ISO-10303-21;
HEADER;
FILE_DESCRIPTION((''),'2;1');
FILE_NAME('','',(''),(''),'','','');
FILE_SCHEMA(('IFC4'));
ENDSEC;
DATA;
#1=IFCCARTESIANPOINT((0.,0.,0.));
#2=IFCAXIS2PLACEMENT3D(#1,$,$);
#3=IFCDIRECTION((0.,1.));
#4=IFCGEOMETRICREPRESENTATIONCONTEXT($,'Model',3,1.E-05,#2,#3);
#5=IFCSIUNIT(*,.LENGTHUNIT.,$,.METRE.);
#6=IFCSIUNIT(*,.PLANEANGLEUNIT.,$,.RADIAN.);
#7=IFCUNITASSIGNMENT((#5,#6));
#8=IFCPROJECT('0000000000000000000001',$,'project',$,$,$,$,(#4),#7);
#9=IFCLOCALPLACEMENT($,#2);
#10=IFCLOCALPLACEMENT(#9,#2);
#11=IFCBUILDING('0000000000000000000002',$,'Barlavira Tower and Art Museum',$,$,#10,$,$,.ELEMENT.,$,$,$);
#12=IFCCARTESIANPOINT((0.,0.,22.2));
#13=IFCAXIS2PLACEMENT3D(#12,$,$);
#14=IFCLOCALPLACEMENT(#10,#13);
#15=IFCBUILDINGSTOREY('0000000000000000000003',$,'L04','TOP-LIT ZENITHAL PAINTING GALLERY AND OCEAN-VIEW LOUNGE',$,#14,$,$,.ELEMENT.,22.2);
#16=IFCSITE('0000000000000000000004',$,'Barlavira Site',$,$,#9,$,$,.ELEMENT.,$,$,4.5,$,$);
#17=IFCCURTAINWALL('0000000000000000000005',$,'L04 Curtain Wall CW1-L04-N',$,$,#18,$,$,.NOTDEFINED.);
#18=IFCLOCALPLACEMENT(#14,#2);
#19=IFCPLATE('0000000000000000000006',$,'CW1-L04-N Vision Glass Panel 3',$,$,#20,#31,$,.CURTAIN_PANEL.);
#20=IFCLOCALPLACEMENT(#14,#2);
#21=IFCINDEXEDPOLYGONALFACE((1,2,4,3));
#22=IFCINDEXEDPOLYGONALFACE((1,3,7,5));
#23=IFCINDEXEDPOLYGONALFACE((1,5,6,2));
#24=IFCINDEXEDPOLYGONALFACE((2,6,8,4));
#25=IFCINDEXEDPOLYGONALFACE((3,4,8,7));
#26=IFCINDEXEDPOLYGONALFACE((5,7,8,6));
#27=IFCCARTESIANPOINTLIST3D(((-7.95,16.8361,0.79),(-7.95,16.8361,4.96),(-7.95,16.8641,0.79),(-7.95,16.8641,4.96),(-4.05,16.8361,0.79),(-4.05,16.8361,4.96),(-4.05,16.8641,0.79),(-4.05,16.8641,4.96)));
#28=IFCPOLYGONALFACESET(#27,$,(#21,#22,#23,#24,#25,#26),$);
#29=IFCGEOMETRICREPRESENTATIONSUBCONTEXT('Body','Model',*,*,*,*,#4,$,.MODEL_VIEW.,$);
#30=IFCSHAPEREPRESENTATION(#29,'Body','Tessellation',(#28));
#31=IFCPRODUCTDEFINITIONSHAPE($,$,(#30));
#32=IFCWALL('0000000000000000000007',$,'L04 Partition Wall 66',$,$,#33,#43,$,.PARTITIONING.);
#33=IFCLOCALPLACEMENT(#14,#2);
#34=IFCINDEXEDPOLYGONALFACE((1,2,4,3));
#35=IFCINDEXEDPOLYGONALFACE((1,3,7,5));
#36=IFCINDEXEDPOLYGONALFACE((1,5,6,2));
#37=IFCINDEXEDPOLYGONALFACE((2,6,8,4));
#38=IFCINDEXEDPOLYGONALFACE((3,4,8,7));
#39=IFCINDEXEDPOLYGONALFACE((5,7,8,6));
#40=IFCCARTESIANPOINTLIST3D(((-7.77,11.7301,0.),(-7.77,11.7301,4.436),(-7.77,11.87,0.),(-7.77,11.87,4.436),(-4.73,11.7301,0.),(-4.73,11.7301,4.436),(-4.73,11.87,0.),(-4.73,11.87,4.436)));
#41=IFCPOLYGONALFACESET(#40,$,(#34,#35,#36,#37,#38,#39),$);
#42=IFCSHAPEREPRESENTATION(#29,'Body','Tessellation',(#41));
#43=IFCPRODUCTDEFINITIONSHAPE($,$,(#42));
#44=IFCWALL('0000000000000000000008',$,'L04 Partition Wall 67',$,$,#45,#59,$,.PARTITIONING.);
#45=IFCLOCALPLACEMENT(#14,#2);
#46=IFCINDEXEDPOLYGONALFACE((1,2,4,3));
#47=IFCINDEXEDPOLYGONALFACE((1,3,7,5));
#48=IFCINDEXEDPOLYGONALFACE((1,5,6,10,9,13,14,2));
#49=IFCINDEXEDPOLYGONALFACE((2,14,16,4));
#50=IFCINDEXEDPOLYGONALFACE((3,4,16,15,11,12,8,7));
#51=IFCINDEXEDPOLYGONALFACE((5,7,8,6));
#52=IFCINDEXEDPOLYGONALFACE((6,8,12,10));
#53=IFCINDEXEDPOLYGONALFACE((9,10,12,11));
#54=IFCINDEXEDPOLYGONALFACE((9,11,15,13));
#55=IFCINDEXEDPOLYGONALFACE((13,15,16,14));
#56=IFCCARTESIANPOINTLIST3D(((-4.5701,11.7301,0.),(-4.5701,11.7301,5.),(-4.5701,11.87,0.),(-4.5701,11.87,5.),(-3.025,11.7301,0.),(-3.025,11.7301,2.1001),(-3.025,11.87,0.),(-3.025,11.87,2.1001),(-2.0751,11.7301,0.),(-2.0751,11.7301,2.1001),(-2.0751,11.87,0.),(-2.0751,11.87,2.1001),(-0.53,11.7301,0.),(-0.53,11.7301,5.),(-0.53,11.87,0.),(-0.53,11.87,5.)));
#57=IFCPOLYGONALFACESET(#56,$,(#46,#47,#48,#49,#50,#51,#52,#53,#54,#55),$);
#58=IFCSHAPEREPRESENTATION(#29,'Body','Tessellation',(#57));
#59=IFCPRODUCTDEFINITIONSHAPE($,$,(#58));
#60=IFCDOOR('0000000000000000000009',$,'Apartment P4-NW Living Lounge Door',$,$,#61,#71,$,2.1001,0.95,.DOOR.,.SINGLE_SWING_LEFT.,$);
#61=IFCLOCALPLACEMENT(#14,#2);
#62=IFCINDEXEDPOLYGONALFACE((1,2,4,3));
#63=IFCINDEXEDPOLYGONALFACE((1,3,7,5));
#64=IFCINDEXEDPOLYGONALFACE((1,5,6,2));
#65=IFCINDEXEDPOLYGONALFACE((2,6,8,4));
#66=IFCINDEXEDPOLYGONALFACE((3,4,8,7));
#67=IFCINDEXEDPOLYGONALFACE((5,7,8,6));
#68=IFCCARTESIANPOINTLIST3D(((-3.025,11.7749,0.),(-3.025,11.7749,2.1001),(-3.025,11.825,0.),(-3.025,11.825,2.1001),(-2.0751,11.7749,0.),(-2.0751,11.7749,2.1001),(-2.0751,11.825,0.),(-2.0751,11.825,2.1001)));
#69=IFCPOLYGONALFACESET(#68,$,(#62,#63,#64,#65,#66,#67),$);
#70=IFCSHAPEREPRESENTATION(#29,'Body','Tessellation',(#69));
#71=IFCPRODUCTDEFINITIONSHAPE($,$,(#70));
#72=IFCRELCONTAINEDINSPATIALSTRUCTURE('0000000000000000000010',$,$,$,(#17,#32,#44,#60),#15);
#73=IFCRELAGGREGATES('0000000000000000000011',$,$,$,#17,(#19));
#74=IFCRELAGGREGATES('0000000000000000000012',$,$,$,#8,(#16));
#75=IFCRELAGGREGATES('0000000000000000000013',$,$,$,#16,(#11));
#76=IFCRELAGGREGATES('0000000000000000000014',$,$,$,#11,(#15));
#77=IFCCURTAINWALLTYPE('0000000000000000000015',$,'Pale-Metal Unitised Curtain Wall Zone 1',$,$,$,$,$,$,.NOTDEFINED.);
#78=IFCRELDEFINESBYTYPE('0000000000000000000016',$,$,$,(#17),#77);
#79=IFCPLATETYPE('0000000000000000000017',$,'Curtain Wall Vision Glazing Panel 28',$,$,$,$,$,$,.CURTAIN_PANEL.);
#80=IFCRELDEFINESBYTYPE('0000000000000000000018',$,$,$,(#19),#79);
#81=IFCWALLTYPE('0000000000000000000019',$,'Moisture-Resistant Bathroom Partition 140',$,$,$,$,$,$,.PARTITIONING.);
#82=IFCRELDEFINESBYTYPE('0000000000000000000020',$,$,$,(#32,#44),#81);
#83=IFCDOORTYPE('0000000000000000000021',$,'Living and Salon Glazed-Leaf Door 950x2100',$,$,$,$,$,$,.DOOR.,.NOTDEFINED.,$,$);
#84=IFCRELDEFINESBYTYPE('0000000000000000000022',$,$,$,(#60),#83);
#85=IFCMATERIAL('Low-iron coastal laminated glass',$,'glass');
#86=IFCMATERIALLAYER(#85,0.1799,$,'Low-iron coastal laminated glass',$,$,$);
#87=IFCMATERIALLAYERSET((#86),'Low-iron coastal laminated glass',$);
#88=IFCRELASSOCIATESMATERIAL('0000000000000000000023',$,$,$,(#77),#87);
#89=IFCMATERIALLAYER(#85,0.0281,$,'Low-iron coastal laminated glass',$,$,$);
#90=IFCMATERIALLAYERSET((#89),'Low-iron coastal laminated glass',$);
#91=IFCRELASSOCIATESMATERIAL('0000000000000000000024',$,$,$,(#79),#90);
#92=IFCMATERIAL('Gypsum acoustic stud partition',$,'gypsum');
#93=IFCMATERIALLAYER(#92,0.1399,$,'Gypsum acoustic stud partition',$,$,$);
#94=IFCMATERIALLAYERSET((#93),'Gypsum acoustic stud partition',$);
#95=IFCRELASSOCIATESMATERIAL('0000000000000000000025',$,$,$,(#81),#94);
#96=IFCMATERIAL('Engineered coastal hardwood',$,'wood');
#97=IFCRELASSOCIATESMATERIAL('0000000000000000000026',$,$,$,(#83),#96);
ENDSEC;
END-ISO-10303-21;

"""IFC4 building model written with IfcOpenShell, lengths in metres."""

from ifc_helpers import new_model, si_unit, direction, frame, frame_2d, origin, origin_2d, place, context, subcontext, project, spatial, rectangle, extrude, material, layer, layer_set, type_object, element, fill, aggregate, save


model = new_model("IFC4")

# Units and contexts
model_context = context("Model", 3, precision=1e-05, world=origin(), true_north=direction((0.0, 1.0)))
body_context = subcontext(model_context, "Body", "Model", "MODEL_VIEW")
ifc_project = project(units=[si_unit("LENGTHUNIT", "METRE"), si_unit("PLANEANGLEUNIT", "RADIAN")], contexts=[model_context])

# Site, building, storey
site_placement = place(None, origin())
site = spatial("IfcSite", under=ifc_project, at=site_placement, Name="Barlavira Site", CompositionType="ELEMENT", RefElevation=4.5)
building_placement = place(site_placement, origin())
building = spatial("IfcBuilding", under=site, at=building_placement, Name="Barlavira Tower and Art Museum", CompositionType="ELEMENT")
storey_placement = place(building_placement, frame((0.0, 0.0, 22.2)))
storey = spatial("IfcBuildingStorey", under=building, at=storey_placement, Name="L04", Description="TOP-LIT ZENITHAL PAINTING GALLERY AND OCEAN-VIEW LOUNGE", CompositionType="ELEMENT", Elevation=22.2)

# Curtain wall
ifc_material_1 = material(Name="Low-iron coastal laminated glass", Category="glass")
ifc_layer_1 = layer(ifc_material_1, 0.1799, Name="Low-iron coastal laminated glass")
ifc_layer_set_1 = layer_set([ifc_layer_1], Name="Low-iron coastal laminated glass")
curtain_wall_type = type_object("IfcCurtainWallType", Name="Pale-Metal Unitised Curtain Wall Zone 1", PredefinedType="NOTDEFINED", material=ifc_layer_set_1)
curtain_wall_placement = place(storey_placement, origin())
curtain_wall = element("IfcCurtainWall", 1, at=curtain_wall_placement, inside=storey, type_object=curtain_wall_type, Name="L04 Curtain Wall CW1-L04-N", PredefinedType="NOTDEFINED")

# Plate
ifc_layer_2 = layer(ifc_material_1, 0.0281, Name="Low-iron coastal laminated glass")
ifc_layer_set_2 = layer_set([ifc_layer_2], Name="Low-iron coastal laminated glass")
plate_type_1 = type_object("IfcPlateType", Name="Curtain Wall Vision Glazing Panel 28", PredefinedType="CURTAIN_PANEL", material=ifc_layer_set_2)
plate_1_placement = place(storey_placement, frame((-6.0, 16.8501, 0.79), z_axis=(0.0, 0.0, 1.0), x_axis=(-1.0, 0.0, 0.0)))
plate_1 = element("IfcPlate", 2, at=plate_1_placement, type_object=plate_type_1, Name="CW1-L04-N Vision Glass Panel 3", PredefinedType="CURTAIN_PANEL", context=body_context, shape_type="SweptSolid", body=[
    extrude(rectangle(XDim=3.8999, YDim=0.0281, at=origin_2d()), origin(), (0.0, 0.0, 1.0), 4.1699),
])
aggregate(curtain_wall, [plate_1])

# Wall
ifc_material_2 = material(Name="Gypsum acoustic stud partition", Category="gypsum")
ifc_layer_3 = layer(ifc_material_2, 0.1399, Name="Gypsum acoustic stud partition")
ifc_layer_set_3 = layer_set([ifc_layer_3], Name="Gypsum acoustic stud partition")
wall_type = type_object("IfcWallType", Name="Moisture-Resistant Bathroom Partition 140", PredefinedType="PARTITIONING", material=ifc_layer_set_3)
wall_1_placement = place(storey_placement, frame((-7.77, 11.8, 0.0), z_axis=(0.0, 0.0, 1.0), x_axis=(1.0, 0.0, 0.0)))
element("IfcWall", 3, at=wall_1_placement, inside=storey, type_object=wall_type, Name="L04 Partition Wall 66", PredefinedType="PARTITIONING", context=body_context, shape_type="SweptSolid", body=[
    extrude(rectangle(XDim=3.04, YDim=0.1399, at=frame_2d((1.52, 0.0))), origin(), (0.0, 0.0, 1.0), 4.436),
])

# Wall, opening, door
wall_2_placement = place(storey_placement, frame((-4.5701, 11.8, 0.0), z_axis=(0.0, 0.0, 1.0), x_axis=(1.0, 0.0, 0.0)))
wall_2 = element("IfcWall", 4, at=wall_2_placement, inside=storey, type_object=wall_type, Name="L04 Partition Wall 67", PredefinedType="PARTITIONING", context=body_context, shape_type="SweptSolid", body=[
    extrude(rectangle(XDim=4.04, YDim=0.1399, at=frame_2d((2.02, 0.0))), origin(), (0.0, 0.0, 1.0), 5.0),
])
opening_placement = place(wall_2_placement, frame((1.5449, 0.0, 0.0)))
opening = element("IfcOpeningElement", 5, at=opening_placement, cuts=wall_2, PredefinedType="OPENING", context=body_context, shape_type="SweptSolid", body=[
    extrude(rectangle(XDim=0.95, YDim=2.1001, at=frame_2d((0.4751, 1.05))), frame((0.0, 0.0801, 0.0), z_axis=(0.0, -1.0, 0.0), x_axis=(1.0, 0.0, 0.0)), (0.0, 0.0, 1.0), 0.1599),
])
ifc_material_3 = material(Name="Engineered coastal hardwood", Category="wood")
door_type = type_object("IfcDoorType", Name="Living and Salon Glazed-Leaf Door 950x2100", OperationType="NOTDEFINED", PredefinedType="DOOR", material=ifc_material_3)
door_placement = place(opening_placement, origin())
door = element("IfcDoor", 6, at=door_placement, inside=storey, type_object=door_type, Name="Apartment P4-NW Living Lounge Door", OperationType="SINGLE_SWING_LEFT", OverallHeight=2.1001, OverallWidth=0.95, PredefinedType="DOOR", context=body_context, shape_type="SweptSolid", body=[
    extrude(rectangle(XDim=0.95, YDim=2.1001, at=frame_2d((0.4751, 1.05))), frame((0.0, 0.0249, 0.0), z_axis=(0.0, -1.0, 0.0), x_axis=(1.0, 0.0, 0.0)), (0.0, 0.0, 1.0), 0.05),
])
fill(opening, door)

save(model, "model.ifc")
